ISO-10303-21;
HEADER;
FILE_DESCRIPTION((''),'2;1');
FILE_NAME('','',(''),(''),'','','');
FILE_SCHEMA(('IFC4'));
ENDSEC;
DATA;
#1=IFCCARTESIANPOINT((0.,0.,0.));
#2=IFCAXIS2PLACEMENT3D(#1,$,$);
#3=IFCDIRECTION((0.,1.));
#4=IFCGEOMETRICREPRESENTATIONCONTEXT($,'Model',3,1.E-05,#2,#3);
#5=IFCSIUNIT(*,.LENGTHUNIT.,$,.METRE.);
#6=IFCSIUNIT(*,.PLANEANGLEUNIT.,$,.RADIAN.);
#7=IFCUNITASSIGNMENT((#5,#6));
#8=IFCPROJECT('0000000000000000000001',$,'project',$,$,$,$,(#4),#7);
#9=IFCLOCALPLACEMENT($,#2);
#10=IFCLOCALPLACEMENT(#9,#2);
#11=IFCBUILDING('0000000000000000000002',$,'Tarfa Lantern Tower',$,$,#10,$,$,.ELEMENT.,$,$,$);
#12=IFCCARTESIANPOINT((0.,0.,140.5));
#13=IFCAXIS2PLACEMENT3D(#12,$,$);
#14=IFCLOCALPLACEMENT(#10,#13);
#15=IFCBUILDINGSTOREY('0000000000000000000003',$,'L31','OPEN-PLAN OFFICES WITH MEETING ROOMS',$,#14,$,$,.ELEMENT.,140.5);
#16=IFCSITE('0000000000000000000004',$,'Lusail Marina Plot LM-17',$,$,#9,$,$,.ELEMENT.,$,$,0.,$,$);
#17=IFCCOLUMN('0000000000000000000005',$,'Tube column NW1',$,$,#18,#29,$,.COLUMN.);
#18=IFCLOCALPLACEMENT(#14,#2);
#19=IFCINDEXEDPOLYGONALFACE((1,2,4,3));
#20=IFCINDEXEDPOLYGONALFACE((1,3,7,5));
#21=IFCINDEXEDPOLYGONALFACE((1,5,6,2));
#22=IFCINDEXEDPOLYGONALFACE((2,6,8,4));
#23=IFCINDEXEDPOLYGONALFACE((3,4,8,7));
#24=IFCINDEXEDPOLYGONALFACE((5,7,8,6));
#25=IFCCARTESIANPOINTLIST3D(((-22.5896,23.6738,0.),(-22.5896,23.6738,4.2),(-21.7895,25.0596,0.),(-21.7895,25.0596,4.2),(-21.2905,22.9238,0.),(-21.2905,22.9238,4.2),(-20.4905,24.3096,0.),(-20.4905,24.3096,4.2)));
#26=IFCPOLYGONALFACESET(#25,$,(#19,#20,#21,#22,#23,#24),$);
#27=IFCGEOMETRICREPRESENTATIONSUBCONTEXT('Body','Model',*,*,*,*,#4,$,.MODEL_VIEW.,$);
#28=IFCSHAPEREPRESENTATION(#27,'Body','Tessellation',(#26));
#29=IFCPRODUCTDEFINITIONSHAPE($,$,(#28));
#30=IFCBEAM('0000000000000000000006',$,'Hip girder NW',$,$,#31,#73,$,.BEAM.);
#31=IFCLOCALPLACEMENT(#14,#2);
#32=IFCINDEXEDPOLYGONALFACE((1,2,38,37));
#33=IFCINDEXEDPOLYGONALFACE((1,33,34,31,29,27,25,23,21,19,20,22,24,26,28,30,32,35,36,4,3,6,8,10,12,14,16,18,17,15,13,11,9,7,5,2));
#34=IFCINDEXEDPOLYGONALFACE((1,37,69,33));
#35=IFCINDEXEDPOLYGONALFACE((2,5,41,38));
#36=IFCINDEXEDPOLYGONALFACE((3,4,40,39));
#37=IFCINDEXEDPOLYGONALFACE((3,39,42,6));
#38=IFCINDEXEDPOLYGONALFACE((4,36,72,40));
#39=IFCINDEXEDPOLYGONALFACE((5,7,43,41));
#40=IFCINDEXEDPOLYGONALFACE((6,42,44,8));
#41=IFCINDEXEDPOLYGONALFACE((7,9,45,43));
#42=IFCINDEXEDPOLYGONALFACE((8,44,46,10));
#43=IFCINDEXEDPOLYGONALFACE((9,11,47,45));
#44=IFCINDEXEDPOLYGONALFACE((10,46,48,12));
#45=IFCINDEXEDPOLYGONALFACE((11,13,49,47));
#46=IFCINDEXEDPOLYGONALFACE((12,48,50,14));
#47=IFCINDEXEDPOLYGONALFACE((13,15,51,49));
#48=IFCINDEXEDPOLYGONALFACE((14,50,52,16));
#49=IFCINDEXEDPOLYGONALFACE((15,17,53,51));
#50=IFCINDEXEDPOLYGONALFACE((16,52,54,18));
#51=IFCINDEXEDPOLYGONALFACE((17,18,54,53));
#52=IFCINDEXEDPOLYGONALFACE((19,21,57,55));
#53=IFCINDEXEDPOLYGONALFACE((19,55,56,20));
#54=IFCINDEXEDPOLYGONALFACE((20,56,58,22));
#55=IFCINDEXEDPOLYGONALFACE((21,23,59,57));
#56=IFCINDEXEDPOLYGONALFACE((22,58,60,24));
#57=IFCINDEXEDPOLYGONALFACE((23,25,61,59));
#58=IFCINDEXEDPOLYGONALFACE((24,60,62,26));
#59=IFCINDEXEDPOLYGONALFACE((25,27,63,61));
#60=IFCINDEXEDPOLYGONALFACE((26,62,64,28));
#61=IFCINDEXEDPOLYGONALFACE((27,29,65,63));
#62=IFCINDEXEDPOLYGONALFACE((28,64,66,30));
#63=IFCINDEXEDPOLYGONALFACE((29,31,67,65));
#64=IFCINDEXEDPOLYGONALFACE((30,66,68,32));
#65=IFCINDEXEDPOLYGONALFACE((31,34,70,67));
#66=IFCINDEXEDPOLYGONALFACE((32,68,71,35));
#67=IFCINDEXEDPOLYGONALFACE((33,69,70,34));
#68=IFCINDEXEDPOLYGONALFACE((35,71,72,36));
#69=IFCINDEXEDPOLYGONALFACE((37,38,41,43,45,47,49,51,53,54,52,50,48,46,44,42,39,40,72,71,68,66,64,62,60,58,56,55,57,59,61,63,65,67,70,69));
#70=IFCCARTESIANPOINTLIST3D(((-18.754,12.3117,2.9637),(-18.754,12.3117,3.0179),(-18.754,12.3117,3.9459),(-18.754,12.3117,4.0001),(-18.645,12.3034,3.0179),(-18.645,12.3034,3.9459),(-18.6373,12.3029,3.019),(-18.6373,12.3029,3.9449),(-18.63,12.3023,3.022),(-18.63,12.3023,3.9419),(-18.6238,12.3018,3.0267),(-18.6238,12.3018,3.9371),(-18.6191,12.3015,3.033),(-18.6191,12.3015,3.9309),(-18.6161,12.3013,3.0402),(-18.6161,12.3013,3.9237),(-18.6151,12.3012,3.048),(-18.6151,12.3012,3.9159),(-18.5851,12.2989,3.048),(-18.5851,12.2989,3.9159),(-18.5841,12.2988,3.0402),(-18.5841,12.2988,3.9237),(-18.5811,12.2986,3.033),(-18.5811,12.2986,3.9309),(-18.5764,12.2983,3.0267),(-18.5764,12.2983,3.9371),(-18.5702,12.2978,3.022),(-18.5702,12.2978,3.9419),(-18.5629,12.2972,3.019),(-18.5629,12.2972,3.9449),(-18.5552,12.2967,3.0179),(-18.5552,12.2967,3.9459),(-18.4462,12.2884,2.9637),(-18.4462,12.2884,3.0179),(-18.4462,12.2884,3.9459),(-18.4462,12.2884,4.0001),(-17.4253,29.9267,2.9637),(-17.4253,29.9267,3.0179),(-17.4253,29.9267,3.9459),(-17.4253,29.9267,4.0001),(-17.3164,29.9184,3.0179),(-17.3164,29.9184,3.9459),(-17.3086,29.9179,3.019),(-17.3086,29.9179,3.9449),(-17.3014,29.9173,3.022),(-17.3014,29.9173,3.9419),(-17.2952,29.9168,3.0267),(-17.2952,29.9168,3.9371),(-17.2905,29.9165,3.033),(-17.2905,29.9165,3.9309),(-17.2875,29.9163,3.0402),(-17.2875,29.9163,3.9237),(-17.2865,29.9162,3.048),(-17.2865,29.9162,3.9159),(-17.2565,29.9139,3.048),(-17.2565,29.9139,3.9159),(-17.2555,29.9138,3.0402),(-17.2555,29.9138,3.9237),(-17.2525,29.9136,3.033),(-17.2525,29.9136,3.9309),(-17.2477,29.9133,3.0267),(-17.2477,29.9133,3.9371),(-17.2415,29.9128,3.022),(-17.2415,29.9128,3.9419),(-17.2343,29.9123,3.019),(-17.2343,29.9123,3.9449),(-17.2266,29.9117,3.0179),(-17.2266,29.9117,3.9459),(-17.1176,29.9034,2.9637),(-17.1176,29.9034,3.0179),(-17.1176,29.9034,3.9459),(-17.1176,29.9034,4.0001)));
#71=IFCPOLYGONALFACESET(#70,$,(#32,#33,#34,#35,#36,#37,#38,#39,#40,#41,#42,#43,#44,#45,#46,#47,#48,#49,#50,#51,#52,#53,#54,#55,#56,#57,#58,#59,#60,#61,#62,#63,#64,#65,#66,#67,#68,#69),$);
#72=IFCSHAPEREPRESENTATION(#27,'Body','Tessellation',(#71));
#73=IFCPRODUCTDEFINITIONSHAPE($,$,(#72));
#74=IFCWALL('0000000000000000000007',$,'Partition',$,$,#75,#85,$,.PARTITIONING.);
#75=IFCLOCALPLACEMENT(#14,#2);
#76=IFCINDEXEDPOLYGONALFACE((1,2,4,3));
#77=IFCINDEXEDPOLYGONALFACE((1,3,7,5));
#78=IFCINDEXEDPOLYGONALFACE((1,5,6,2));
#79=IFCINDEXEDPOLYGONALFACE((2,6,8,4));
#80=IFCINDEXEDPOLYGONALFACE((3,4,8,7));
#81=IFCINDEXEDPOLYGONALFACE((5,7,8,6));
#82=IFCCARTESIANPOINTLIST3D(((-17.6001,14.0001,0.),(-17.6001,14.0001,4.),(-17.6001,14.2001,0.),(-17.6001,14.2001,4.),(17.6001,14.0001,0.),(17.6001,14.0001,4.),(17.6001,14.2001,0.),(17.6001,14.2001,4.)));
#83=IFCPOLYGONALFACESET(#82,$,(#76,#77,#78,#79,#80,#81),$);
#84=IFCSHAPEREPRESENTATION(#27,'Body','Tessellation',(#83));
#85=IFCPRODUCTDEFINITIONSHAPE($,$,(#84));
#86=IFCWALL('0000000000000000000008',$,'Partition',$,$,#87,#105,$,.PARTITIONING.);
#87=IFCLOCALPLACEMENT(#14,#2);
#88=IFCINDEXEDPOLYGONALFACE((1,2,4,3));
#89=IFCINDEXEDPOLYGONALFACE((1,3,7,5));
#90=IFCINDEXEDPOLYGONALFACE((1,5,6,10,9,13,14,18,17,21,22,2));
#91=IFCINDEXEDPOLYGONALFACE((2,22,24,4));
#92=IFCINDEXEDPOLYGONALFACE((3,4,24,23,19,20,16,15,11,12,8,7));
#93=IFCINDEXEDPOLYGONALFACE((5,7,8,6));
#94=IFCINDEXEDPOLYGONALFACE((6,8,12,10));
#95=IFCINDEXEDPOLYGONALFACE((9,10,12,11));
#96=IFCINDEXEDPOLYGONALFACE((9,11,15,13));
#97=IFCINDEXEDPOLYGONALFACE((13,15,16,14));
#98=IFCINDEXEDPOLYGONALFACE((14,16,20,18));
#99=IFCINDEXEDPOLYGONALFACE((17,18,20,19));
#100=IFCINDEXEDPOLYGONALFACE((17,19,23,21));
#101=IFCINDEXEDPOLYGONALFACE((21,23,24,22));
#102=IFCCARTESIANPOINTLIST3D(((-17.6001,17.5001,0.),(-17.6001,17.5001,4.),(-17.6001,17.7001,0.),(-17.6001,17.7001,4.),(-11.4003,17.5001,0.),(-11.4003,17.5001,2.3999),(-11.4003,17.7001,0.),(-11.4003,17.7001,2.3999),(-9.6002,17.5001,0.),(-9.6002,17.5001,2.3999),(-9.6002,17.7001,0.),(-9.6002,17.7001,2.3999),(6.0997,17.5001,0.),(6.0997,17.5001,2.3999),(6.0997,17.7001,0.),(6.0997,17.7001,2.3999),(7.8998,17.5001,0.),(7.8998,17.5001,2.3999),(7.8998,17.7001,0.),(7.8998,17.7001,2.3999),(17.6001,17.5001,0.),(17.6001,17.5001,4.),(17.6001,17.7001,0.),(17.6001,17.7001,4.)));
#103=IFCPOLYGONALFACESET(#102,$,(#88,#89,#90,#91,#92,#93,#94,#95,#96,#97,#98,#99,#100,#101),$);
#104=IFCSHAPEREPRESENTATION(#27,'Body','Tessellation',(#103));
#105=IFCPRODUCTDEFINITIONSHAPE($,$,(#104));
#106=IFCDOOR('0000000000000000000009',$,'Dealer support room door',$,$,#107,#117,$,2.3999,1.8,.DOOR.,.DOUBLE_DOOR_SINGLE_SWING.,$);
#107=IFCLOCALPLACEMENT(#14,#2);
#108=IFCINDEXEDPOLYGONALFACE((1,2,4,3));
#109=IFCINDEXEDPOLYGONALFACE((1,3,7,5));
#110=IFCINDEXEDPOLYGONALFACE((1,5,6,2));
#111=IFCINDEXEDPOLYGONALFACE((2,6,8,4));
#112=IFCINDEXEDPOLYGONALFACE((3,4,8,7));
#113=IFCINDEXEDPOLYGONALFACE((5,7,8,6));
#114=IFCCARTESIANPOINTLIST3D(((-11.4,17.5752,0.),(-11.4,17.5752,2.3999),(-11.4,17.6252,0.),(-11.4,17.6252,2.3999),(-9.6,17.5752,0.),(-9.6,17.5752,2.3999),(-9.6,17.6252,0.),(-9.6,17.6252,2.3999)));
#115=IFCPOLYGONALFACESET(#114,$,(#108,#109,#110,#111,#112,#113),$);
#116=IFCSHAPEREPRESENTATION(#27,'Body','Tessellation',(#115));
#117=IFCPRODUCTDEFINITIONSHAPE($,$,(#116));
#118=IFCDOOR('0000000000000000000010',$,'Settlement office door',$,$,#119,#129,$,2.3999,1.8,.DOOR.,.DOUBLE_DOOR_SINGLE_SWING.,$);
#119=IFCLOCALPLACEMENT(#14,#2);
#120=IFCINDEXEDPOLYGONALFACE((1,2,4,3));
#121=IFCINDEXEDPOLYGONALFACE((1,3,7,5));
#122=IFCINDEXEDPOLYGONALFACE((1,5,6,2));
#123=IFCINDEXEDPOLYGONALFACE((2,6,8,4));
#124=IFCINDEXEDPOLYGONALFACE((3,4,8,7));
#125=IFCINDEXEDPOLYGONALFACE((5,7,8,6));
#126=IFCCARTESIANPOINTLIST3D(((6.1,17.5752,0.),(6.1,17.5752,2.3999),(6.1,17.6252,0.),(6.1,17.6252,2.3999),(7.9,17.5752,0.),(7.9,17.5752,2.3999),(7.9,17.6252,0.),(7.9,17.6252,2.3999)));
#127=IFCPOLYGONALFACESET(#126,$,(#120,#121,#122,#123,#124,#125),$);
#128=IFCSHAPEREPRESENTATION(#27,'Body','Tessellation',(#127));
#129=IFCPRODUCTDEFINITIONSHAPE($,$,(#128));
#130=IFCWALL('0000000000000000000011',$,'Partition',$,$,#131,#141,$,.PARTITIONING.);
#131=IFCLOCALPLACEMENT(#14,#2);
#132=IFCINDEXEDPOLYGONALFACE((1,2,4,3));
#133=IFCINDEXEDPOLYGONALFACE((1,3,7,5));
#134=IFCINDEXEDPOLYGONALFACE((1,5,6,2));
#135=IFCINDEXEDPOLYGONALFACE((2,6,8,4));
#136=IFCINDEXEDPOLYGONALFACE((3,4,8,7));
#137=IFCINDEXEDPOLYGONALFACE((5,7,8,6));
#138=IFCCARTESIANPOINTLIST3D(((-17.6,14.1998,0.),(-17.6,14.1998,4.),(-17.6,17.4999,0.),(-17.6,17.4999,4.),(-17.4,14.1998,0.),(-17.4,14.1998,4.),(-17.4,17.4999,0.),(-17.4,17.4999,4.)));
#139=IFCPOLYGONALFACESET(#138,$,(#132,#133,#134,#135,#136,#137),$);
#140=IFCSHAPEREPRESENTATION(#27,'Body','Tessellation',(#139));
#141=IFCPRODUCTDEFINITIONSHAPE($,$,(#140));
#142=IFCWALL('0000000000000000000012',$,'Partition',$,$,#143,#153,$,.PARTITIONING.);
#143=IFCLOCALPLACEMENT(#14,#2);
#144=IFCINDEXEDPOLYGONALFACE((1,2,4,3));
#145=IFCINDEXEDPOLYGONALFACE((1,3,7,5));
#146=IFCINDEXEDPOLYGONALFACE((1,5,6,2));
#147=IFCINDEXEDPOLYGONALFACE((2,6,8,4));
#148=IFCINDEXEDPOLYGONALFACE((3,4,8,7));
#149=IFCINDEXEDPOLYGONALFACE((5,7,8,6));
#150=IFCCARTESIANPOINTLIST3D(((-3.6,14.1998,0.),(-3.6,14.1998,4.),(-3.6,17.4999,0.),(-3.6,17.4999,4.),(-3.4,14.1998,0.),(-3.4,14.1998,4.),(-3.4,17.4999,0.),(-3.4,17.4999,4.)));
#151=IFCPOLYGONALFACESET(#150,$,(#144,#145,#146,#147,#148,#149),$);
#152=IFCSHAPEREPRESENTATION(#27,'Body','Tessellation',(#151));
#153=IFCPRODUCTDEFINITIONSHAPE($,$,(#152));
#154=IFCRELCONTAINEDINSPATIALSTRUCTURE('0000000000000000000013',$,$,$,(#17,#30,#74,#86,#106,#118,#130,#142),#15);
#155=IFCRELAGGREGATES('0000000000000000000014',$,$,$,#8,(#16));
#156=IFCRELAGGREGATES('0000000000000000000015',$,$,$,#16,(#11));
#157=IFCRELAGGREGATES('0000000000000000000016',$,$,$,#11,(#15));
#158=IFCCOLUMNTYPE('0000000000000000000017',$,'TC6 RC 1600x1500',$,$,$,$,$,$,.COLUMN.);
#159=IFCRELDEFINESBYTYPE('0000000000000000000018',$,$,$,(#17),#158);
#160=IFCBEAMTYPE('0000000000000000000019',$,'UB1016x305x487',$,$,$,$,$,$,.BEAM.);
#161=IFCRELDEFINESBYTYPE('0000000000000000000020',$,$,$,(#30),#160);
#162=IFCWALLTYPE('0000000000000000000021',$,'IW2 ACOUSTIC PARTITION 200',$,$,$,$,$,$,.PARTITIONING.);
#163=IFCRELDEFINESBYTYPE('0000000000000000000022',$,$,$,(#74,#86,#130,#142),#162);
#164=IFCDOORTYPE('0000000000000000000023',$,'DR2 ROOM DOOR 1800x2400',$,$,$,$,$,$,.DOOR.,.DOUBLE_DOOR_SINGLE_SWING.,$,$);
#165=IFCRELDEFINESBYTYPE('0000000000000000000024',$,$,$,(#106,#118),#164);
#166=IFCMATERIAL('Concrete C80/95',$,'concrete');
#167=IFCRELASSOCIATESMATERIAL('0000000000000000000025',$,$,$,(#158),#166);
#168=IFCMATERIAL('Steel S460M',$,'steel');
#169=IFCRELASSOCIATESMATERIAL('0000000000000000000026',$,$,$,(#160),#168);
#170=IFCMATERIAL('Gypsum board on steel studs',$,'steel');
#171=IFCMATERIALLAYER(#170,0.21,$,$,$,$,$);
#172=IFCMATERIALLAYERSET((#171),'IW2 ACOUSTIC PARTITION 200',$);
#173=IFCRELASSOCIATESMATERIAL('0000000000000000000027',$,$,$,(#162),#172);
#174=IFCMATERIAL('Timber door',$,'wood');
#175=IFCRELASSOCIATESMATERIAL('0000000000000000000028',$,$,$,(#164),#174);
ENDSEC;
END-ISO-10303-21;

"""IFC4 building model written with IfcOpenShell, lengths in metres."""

from ifc_helpers import new_model, si_unit, direction, frame, frame_2d, origin, origin_2d, place, context, subcontext, project, spatial, rectangle, i_section, extrude, material, layer, layer_set, material_profile, profile_set, type_object, element, fill, save


model = new_model("IFC4")

# Units and contexts
model_context = context("Model", 3, precision=1e-05, world=origin(), true_north=direction((0.0, 1.0)))
body_context = subcontext(model_context, "Body", "Model", "MODEL_VIEW")
ifc_project = project(units=[si_unit("LENGTHUNIT", "METRE"), si_unit("PLANEANGLEUNIT", "RADIAN")], contexts=[model_context])

# Site, building, storey
site_placement = place(None, origin())
site = spatial("IfcSite", under=ifc_project, at=site_placement, Name="Lusail Marina Plot LM-17", CompositionType="ELEMENT", RefElevation=0.0)
building_placement = place(site_placement, origin())
building = spatial("IfcBuilding", under=site, at=building_placement, Name="Tarfa Lantern Tower", CompositionType="ELEMENT")
storey_placement = place(building_placement, frame((0.0, 0.0, 140.5)))
storey = spatial("IfcBuildingStorey", under=building, at=storey_placement, Name="L31", Description="OPEN-PLAN OFFICES WITH MEETING ROOMS", CompositionType="ELEMENT", Elevation=140.5)

# Column
ifc_material_1 = material(Name="Concrete C80/95", Category="concrete")
ifc_material_profile_1 = material_profile(ifc_material_1, rectangle(XDim=1.6001, YDim=1.5, at=origin_2d()), Name="RC 1600x1500")
ifc_profile_set_1 = profile_set([ifc_material_profile_1], Name="Concrete C80/95")
column_type = type_object("IfcColumnType", Name="TC6 RC 1600x1500", PredefinedType="COLUMN", material=ifc_profile_set_1)
column_placement = place(storey_placement, frame((-21.54, 23.9917, 0.0), z_axis=(0.0, 0.0, 1.0), x_axis=(-0.5, -0.866025, 0.0)))
element("IfcColumn", 1, at=column_placement, inside=storey, type_object=column_type, Name="Tube column NW1", PredefinedType="COLUMN", context=body_context, shape_type="SweptSolid", body=[
    extrude(rectangle(XDim=1.6001, YDim=1.5, at=origin_2d()), origin(), (0.0, 0.0, 1.0), 4.2),
])

# Beam
ifc_material_2 = material(Name="Steel S460M", Category="steel")
ifc_material_profile_2 = material_profile(ifc_material_2, i_section(OverallWidth=0.3086, OverallDepth=1.0364, WebThickness=0.03, FlangeThickness=0.0542, FilletRadius=0.03, at=origin_2d()), Name="UB1016x305x487")
ifc_profile_set_2 = profile_set([ifc_material_profile_2], Name="Steel S460M")
beam_type = type_object("IfcBeamType", Name="UB1016x305x487", PredefinedType="BEAM", material=ifc_profile_set_2)
beam_placement = place(storey_placement, frame((-18.6001, 12.3, 3.4819), z_axis=(0.075212, 0.997168, 0.0), x_axis=(-0.997168, 0.075212, 0.0)))
element("IfcBeam", 2, at=beam_placement, inside=storey, type_object=beam_type, Name="Hip girder NW", PredefinedType="BEAM", context=body_context, shape_type="SweptSolid", body=[
    extrude(i_section(OverallWidth=0.3086, OverallDepth=1.0364, WebThickness=0.03, FlangeThickness=0.0542, FilletRadius=0.03, at=origin_2d()), origin(), (0.0, 0.0, 1.0), 17.665),
])

# Wall
ifc_material_3 = material(Name="Gypsum board on steel studs", Category="steel")
ifc_layer_1 = layer(ifc_material_3, 0.21)
ifc_layer_set_1 = layer_set([ifc_layer_1], Name="IW2 ACOUSTIC PARTITION 200")
wall_type_1 = type_object("IfcWallType", Name="IW2 ACOUSTIC PARTITION 200", PredefinedType="PARTITIONING", material=ifc_layer_set_1)
wall_1_placement = place(storey_placement, frame((-17.6001, 14.1001, 0.0), z_axis=(0.0, 0.0, 1.0), x_axis=(1.0, 0.0, 0.0)))
element("IfcWall", 3, at=wall_1_placement, inside=storey, type_object=wall_type_1, Name="Partition", PredefinedType="PARTITIONING", context=body_context, shape_type="SweptSolid", body=[
    extrude(rectangle(XDim=35.2002, YDim=0.2, at=frame_2d((17.6001, 0.0))), origin(), (0.0, 0.0, 1.0), 4.0),
])

# Wall, openings, doors
wall_2_placement = place(storey_placement, frame((-17.6001, 17.6001, 0.0), z_axis=(0.0, 0.0, 1.0), x_axis=(1.0, 0.0, 0.0)))
wall_2 = element("IfcWall", 4, at=wall_2_placement, inside=storey, type_object=wall_type_1, Name="Partition", PredefinedType="PARTITIONING", context=body_context, shape_type="SweptSolid", body=[
    extrude(rectangle(XDim=35.2002, YDim=0.2, at=frame_2d((17.6001, 0.0))), origin(), (0.0, 0.0, 1.0), 4.0),
])
opening_1_placement = place(wall_2_placement, frame((6.2, 0.0, 0.0)))
opening_1 = element("IfcOpeningElement", 5, at=opening_1_placement, cuts=wall_2, PredefinedType="OPENING", context=body_context, shape_type="SweptSolid", body=[
    extrude(rectangle(XDim=1.8, YDim=2.3999, at=frame_2d((0.8999, 1.2))), frame((0.0, 0.1099, 0.0), z_axis=(0.0, -1.0, 0.0), x_axis=(1.0, 0.0, 0.0)), (0.0, 0.0, 1.0), 0.22),
])
opening_2_placement = place(wall_2_placement, frame((23.7, 0.0, 0.0)))
opening_2 = element("IfcOpeningElement", 6, at=opening_2_placement, cuts=wall_2, PredefinedType="OPENING", context=body_context, shape_type="SweptSolid", body=[
    extrude(rectangle(XDim=1.8, YDim=2.3999, at=frame_2d((0.8999, 1.2))), frame((0.0, 0.1099, 0.0), z_axis=(0.0, -1.0, 0.0), x_axis=(1.0, 0.0, 0.0)), (0.0, 0.0, 1.0), 0.22),
])
ifc_material_4 = material(Name="Timber door", Category="wood")
door_type_1 = type_object("IfcDoorType", Name="DR2 ROOM DOOR 1800x2400", OperationType="DOUBLE_DOOR_SINGLE_SWING", PredefinedType="DOOR", material=ifc_material_4)
door_1_placement = place(opening_1_placement, frame((1.8, 0.0, 0.0), z_axis=(0.0, 0.0, 1.0), x_axis=(-1.0, 0.0, 0.0)))
door_1 = element("IfcDoor", 7, at=door_1_placement, inside=storey, type_object=door_type_1, Name="Dealer support room door", OperationType="DOUBLE_DOOR_SINGLE_SWING", OverallHeight=2.3999, OverallWidth=1.8, PredefinedType="DOOR", context=body_context, shape_type="SweptSolid", body=[
    extrude(rectangle(XDim=1.8, YDim=2.3999, at=frame_2d((0.8999, 1.2))), frame((0.0, 0.0249, 0.0), z_axis=(0.0, -1.0, 0.0), x_axis=(1.0, 0.0, 0.0)), (0.0, 0.0, 1.0), 0.05),
])
fill(opening_1, door_1)
door_2_placement = place(opening_2_placement, frame((1.8, 0.0, 0.0), z_axis=(0.0, 0.0, 1.0), x_axis=(-1.0, 0.0, 0.0)))
door_2 = element("IfcDoor", 8, at=door_2_placement, inside=storey, type_object=door_type_1, Name="Settlement office door", OperationType="DOUBLE_DOOR_SINGLE_SWING", OverallHeight=2.3999, OverallWidth=1.8, PredefinedType="DOOR", context=body_context, shape_type="SweptSolid", body=[
    extrude(rectangle(XDim=1.8, YDim=2.3999, at=frame_2d((0.8999, 1.2))), frame((0.0, 0.0249, 0.0), z_axis=(0.0, -1.0, 0.0), x_axis=(1.0, 0.0, 0.0)), (0.0, 0.0, 1.0), 0.05),
])
fill(opening_2, door_2)

# Walls
for number, where, z_axis, x_axis, name in (
    (9, (-17.5, 14.2, 0.0), (0.0, 0.0, 1.0), (0.0, 1.0, 0.0), "Partition"),
    (10, (-3.5, 14.2, 0.0), (0.0, 0.0, 1.0), (0.0, 1.0, 0.0), "Partition"),
):
    element("IfcWall", number, at=place(storey_placement, frame(where, z_axis=z_axis, x_axis=x_axis)), inside=storey, type_object=wall_type_1, Name=name, PredefinedType="PARTITIONING", context=body_context, shape_type="SweptSolid", body=[
        extrude(rectangle(XDim=3.3, YDim=0.2, at=frame_2d((1.6499, 0.0))), origin(), (0.0, 0.0, 1.0), 4.0),
    ])

save(model, "model.ifc")
